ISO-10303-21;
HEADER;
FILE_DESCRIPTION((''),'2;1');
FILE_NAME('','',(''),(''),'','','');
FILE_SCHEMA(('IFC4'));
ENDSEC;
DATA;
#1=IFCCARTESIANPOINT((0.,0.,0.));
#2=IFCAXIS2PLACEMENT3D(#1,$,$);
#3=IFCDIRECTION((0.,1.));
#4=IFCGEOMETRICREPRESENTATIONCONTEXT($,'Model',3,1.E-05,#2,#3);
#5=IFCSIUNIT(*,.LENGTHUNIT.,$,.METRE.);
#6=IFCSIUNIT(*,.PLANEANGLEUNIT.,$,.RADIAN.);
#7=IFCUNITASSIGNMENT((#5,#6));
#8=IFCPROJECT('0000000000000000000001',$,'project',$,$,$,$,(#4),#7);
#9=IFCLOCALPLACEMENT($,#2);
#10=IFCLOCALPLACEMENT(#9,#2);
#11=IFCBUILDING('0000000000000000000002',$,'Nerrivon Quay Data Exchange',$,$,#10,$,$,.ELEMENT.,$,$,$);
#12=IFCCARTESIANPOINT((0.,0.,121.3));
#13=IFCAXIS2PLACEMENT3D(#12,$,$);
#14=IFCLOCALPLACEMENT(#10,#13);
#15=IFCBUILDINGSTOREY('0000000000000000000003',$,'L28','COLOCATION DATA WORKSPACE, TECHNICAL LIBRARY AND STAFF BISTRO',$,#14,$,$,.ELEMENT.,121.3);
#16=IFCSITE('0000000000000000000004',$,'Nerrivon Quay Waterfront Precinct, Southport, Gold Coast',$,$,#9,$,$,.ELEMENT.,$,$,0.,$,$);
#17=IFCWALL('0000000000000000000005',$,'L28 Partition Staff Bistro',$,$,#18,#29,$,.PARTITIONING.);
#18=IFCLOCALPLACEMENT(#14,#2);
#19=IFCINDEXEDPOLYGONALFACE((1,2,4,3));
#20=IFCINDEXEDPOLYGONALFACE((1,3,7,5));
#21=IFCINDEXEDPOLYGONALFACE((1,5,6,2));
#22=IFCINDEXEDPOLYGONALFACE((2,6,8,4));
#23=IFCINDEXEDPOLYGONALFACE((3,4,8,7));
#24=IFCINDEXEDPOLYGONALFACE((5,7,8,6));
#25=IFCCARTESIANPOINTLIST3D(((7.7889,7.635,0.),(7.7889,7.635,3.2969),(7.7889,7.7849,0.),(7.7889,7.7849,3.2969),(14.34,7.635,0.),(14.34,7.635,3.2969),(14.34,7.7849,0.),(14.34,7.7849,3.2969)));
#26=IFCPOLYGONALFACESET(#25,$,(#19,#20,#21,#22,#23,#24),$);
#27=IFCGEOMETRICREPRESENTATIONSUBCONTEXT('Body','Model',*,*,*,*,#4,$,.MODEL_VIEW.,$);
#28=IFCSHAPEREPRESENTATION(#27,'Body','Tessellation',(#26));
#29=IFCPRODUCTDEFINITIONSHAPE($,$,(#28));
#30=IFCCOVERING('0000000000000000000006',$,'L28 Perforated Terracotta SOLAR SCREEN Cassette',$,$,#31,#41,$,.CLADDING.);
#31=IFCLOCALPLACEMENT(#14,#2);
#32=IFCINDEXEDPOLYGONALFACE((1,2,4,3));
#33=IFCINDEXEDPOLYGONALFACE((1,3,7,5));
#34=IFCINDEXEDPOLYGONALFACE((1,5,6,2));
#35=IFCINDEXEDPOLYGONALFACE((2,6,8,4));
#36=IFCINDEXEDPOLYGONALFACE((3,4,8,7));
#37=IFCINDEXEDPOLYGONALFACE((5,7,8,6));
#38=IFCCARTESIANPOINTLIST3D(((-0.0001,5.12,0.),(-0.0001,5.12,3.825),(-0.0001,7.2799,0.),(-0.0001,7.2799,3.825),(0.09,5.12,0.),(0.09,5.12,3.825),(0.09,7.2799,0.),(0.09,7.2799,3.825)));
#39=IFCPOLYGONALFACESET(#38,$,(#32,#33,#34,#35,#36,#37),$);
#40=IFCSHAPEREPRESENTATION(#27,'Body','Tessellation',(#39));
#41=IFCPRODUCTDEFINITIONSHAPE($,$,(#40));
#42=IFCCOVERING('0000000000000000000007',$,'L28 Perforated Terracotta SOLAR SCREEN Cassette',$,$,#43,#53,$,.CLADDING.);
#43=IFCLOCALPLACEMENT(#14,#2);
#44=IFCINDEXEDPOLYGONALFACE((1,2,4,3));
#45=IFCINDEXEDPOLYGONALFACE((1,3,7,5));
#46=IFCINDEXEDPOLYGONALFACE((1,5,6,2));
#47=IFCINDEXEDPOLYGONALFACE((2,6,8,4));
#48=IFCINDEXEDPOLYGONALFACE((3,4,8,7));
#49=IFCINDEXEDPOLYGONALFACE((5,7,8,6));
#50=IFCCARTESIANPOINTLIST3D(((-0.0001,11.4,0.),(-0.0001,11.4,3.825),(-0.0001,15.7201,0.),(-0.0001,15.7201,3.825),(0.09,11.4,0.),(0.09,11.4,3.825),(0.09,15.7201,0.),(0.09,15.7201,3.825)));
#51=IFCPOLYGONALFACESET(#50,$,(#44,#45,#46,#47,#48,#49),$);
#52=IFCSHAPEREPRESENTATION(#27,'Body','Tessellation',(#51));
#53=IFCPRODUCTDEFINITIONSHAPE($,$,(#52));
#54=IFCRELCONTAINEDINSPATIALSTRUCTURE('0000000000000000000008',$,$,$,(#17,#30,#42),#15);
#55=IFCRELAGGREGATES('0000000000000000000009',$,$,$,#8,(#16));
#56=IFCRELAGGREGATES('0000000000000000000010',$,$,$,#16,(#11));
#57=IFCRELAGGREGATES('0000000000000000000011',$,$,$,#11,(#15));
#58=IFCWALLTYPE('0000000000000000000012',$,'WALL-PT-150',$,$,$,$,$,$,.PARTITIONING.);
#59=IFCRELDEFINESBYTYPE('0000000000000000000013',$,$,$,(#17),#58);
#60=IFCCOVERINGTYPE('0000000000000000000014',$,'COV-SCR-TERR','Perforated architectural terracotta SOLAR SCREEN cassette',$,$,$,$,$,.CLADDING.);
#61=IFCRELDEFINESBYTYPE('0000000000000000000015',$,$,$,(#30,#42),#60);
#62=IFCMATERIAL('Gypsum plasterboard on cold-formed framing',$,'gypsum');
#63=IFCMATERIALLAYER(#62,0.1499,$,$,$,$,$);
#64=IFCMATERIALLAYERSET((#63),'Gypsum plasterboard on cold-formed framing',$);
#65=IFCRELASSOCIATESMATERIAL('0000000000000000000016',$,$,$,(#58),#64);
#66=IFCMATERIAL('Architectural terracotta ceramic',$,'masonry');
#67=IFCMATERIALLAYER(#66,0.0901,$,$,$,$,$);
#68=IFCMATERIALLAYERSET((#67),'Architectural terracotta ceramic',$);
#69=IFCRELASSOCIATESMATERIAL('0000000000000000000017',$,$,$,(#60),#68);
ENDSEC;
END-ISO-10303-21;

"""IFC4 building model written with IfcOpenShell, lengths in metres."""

from ifc_helpers import new_model, si_unit, direction, frame, frame_2d, origin, origin_2d, place, context, subcontext, project, spatial, rectangle, extrude, material, layer, layer_set, type_object, element, save


model = new_model("IFC4")

# Units and contexts
model_context = context("Model", 3, precision=1e-05, world=origin(), true_north=direction((0.0, 1.0)))
body_context = subcontext(model_context, "Body", "Model", "MODEL_VIEW")
ifc_project = project(units=[si_unit("LENGTHUNIT", "METRE"), si_unit("PLANEANGLEUNIT", "RADIAN")], contexts=[model_context])

# Site, building, storey
site_placement = place(None, origin())
site = spatial("IfcSite", under=ifc_project, at=site_placement, Name="Nerrivon Quay Waterfront Precinct, Southport, Gold Coast", CompositionType="ELEMENT", RefElevation=0.0)
building_placement = place(site_placement, origin())
building = spatial("IfcBuilding", under=site, at=building_placement, Name="Nerrivon Quay Data Exchange", CompositionType="ELEMENT")
storey_placement = place(building_placement, frame((0.0, 0.0, 121.3)))
storey = spatial("IfcBuildingStorey", under=building, at=storey_placement, Name="L28", Description="COLOCATION DATA WORKSPACE, TECHNICAL LIBRARY AND STAFF BISTRO", CompositionType="ELEMENT", Elevation=121.3)

# Shared definitions
ifc_material_1 = material(Name="Gypsum plasterboard on cold-formed framing", Category="gypsum")
ifc_layer_1 = layer(ifc_material_1, 0.1499)
ifc_layer_set_1 = layer_set([ifc_layer_1], Name="Gypsum plasterboard on cold-formed framing")
wall_type = type_object("IfcWallType", Name="WALL-PT-150", PredefinedType="PARTITIONING", material=ifc_layer_set_1)

# Wall
wall_1_placement = place(storey_placement, frame((7.7891, 7.71, 0.0), z_axis=(0.0, 0.0, 1.0), x_axis=(1.0, 0.0, 0.0)))
element("IfcWall", 1, at=wall_1_placement, inside=storey, type_object=wall_type, Name="L28 Partition Staff Bistro", PredefinedType="PARTITIONING", context=body_context, shape_type="SweptSolid", body=[
    extrude(rectangle(XDim=6.551, YDim=0.1499, at=frame_2d((3.2754, 0.0))), origin(), (0.0, 0.0, 1.0), 3.2969),
])

# Coverings
ifc_material_2 = material(Name="Architectural terracotta ceramic", Category="masonry")
ifc_layer_2 = layer(ifc_material_2, 0.0901)
ifc_layer_set_2 = layer_set([ifc_layer_2], Name="Architectural terracotta ceramic")
covering_type = type_object("IfcCoveringType", Name="COV-SCR-TERR", Description="Perforated architectural terracotta SOLAR SCREEN cassette", PredefinedType="CLADDING", material=ifc_layer_set_2)
covering_1_placement = place(storey_placement, frame((0.0449, 6.2, 0.0), z_axis=(0.0, 0.0, 1.0), x_axis=(0.0, 1.0, 0.0)))
element("IfcCovering", 2, at=covering_1_placement, inside=storey, type_object=covering_type, Name="L28 Perforated Terracotta SOLAR SCREEN Cassette", PredefinedType="CLADDING", context=body_context, shape_type="SweptSolid", body=[
    extrude(rectangle(XDim=2.1599, YDim=0.0901, at=origin_2d()), origin(), (0.0, 0.0, 1.0), 3.825),
])
covering_2_placement = place(storey_placement, frame((0.0449, 13.5601, 0.0), z_axis=(0.0, 0.0, 1.0), x_axis=(0.0, 1.0, 0.0)))
element("IfcCovering", 3, at=covering_2_placement, inside=storey, type_object=covering_type, Name="L28 Perforated Terracotta SOLAR SCREEN Cassette", PredefinedType="CLADDING", context=body_context, shape_type="SweptSolid", body=[
    extrude(rectangle(XDim=4.3201, YDim=0.0901, at=origin_2d()), origin(), (0.0, 0.0, 1.0), 3.825),
])

save(model, "model.ifc")
